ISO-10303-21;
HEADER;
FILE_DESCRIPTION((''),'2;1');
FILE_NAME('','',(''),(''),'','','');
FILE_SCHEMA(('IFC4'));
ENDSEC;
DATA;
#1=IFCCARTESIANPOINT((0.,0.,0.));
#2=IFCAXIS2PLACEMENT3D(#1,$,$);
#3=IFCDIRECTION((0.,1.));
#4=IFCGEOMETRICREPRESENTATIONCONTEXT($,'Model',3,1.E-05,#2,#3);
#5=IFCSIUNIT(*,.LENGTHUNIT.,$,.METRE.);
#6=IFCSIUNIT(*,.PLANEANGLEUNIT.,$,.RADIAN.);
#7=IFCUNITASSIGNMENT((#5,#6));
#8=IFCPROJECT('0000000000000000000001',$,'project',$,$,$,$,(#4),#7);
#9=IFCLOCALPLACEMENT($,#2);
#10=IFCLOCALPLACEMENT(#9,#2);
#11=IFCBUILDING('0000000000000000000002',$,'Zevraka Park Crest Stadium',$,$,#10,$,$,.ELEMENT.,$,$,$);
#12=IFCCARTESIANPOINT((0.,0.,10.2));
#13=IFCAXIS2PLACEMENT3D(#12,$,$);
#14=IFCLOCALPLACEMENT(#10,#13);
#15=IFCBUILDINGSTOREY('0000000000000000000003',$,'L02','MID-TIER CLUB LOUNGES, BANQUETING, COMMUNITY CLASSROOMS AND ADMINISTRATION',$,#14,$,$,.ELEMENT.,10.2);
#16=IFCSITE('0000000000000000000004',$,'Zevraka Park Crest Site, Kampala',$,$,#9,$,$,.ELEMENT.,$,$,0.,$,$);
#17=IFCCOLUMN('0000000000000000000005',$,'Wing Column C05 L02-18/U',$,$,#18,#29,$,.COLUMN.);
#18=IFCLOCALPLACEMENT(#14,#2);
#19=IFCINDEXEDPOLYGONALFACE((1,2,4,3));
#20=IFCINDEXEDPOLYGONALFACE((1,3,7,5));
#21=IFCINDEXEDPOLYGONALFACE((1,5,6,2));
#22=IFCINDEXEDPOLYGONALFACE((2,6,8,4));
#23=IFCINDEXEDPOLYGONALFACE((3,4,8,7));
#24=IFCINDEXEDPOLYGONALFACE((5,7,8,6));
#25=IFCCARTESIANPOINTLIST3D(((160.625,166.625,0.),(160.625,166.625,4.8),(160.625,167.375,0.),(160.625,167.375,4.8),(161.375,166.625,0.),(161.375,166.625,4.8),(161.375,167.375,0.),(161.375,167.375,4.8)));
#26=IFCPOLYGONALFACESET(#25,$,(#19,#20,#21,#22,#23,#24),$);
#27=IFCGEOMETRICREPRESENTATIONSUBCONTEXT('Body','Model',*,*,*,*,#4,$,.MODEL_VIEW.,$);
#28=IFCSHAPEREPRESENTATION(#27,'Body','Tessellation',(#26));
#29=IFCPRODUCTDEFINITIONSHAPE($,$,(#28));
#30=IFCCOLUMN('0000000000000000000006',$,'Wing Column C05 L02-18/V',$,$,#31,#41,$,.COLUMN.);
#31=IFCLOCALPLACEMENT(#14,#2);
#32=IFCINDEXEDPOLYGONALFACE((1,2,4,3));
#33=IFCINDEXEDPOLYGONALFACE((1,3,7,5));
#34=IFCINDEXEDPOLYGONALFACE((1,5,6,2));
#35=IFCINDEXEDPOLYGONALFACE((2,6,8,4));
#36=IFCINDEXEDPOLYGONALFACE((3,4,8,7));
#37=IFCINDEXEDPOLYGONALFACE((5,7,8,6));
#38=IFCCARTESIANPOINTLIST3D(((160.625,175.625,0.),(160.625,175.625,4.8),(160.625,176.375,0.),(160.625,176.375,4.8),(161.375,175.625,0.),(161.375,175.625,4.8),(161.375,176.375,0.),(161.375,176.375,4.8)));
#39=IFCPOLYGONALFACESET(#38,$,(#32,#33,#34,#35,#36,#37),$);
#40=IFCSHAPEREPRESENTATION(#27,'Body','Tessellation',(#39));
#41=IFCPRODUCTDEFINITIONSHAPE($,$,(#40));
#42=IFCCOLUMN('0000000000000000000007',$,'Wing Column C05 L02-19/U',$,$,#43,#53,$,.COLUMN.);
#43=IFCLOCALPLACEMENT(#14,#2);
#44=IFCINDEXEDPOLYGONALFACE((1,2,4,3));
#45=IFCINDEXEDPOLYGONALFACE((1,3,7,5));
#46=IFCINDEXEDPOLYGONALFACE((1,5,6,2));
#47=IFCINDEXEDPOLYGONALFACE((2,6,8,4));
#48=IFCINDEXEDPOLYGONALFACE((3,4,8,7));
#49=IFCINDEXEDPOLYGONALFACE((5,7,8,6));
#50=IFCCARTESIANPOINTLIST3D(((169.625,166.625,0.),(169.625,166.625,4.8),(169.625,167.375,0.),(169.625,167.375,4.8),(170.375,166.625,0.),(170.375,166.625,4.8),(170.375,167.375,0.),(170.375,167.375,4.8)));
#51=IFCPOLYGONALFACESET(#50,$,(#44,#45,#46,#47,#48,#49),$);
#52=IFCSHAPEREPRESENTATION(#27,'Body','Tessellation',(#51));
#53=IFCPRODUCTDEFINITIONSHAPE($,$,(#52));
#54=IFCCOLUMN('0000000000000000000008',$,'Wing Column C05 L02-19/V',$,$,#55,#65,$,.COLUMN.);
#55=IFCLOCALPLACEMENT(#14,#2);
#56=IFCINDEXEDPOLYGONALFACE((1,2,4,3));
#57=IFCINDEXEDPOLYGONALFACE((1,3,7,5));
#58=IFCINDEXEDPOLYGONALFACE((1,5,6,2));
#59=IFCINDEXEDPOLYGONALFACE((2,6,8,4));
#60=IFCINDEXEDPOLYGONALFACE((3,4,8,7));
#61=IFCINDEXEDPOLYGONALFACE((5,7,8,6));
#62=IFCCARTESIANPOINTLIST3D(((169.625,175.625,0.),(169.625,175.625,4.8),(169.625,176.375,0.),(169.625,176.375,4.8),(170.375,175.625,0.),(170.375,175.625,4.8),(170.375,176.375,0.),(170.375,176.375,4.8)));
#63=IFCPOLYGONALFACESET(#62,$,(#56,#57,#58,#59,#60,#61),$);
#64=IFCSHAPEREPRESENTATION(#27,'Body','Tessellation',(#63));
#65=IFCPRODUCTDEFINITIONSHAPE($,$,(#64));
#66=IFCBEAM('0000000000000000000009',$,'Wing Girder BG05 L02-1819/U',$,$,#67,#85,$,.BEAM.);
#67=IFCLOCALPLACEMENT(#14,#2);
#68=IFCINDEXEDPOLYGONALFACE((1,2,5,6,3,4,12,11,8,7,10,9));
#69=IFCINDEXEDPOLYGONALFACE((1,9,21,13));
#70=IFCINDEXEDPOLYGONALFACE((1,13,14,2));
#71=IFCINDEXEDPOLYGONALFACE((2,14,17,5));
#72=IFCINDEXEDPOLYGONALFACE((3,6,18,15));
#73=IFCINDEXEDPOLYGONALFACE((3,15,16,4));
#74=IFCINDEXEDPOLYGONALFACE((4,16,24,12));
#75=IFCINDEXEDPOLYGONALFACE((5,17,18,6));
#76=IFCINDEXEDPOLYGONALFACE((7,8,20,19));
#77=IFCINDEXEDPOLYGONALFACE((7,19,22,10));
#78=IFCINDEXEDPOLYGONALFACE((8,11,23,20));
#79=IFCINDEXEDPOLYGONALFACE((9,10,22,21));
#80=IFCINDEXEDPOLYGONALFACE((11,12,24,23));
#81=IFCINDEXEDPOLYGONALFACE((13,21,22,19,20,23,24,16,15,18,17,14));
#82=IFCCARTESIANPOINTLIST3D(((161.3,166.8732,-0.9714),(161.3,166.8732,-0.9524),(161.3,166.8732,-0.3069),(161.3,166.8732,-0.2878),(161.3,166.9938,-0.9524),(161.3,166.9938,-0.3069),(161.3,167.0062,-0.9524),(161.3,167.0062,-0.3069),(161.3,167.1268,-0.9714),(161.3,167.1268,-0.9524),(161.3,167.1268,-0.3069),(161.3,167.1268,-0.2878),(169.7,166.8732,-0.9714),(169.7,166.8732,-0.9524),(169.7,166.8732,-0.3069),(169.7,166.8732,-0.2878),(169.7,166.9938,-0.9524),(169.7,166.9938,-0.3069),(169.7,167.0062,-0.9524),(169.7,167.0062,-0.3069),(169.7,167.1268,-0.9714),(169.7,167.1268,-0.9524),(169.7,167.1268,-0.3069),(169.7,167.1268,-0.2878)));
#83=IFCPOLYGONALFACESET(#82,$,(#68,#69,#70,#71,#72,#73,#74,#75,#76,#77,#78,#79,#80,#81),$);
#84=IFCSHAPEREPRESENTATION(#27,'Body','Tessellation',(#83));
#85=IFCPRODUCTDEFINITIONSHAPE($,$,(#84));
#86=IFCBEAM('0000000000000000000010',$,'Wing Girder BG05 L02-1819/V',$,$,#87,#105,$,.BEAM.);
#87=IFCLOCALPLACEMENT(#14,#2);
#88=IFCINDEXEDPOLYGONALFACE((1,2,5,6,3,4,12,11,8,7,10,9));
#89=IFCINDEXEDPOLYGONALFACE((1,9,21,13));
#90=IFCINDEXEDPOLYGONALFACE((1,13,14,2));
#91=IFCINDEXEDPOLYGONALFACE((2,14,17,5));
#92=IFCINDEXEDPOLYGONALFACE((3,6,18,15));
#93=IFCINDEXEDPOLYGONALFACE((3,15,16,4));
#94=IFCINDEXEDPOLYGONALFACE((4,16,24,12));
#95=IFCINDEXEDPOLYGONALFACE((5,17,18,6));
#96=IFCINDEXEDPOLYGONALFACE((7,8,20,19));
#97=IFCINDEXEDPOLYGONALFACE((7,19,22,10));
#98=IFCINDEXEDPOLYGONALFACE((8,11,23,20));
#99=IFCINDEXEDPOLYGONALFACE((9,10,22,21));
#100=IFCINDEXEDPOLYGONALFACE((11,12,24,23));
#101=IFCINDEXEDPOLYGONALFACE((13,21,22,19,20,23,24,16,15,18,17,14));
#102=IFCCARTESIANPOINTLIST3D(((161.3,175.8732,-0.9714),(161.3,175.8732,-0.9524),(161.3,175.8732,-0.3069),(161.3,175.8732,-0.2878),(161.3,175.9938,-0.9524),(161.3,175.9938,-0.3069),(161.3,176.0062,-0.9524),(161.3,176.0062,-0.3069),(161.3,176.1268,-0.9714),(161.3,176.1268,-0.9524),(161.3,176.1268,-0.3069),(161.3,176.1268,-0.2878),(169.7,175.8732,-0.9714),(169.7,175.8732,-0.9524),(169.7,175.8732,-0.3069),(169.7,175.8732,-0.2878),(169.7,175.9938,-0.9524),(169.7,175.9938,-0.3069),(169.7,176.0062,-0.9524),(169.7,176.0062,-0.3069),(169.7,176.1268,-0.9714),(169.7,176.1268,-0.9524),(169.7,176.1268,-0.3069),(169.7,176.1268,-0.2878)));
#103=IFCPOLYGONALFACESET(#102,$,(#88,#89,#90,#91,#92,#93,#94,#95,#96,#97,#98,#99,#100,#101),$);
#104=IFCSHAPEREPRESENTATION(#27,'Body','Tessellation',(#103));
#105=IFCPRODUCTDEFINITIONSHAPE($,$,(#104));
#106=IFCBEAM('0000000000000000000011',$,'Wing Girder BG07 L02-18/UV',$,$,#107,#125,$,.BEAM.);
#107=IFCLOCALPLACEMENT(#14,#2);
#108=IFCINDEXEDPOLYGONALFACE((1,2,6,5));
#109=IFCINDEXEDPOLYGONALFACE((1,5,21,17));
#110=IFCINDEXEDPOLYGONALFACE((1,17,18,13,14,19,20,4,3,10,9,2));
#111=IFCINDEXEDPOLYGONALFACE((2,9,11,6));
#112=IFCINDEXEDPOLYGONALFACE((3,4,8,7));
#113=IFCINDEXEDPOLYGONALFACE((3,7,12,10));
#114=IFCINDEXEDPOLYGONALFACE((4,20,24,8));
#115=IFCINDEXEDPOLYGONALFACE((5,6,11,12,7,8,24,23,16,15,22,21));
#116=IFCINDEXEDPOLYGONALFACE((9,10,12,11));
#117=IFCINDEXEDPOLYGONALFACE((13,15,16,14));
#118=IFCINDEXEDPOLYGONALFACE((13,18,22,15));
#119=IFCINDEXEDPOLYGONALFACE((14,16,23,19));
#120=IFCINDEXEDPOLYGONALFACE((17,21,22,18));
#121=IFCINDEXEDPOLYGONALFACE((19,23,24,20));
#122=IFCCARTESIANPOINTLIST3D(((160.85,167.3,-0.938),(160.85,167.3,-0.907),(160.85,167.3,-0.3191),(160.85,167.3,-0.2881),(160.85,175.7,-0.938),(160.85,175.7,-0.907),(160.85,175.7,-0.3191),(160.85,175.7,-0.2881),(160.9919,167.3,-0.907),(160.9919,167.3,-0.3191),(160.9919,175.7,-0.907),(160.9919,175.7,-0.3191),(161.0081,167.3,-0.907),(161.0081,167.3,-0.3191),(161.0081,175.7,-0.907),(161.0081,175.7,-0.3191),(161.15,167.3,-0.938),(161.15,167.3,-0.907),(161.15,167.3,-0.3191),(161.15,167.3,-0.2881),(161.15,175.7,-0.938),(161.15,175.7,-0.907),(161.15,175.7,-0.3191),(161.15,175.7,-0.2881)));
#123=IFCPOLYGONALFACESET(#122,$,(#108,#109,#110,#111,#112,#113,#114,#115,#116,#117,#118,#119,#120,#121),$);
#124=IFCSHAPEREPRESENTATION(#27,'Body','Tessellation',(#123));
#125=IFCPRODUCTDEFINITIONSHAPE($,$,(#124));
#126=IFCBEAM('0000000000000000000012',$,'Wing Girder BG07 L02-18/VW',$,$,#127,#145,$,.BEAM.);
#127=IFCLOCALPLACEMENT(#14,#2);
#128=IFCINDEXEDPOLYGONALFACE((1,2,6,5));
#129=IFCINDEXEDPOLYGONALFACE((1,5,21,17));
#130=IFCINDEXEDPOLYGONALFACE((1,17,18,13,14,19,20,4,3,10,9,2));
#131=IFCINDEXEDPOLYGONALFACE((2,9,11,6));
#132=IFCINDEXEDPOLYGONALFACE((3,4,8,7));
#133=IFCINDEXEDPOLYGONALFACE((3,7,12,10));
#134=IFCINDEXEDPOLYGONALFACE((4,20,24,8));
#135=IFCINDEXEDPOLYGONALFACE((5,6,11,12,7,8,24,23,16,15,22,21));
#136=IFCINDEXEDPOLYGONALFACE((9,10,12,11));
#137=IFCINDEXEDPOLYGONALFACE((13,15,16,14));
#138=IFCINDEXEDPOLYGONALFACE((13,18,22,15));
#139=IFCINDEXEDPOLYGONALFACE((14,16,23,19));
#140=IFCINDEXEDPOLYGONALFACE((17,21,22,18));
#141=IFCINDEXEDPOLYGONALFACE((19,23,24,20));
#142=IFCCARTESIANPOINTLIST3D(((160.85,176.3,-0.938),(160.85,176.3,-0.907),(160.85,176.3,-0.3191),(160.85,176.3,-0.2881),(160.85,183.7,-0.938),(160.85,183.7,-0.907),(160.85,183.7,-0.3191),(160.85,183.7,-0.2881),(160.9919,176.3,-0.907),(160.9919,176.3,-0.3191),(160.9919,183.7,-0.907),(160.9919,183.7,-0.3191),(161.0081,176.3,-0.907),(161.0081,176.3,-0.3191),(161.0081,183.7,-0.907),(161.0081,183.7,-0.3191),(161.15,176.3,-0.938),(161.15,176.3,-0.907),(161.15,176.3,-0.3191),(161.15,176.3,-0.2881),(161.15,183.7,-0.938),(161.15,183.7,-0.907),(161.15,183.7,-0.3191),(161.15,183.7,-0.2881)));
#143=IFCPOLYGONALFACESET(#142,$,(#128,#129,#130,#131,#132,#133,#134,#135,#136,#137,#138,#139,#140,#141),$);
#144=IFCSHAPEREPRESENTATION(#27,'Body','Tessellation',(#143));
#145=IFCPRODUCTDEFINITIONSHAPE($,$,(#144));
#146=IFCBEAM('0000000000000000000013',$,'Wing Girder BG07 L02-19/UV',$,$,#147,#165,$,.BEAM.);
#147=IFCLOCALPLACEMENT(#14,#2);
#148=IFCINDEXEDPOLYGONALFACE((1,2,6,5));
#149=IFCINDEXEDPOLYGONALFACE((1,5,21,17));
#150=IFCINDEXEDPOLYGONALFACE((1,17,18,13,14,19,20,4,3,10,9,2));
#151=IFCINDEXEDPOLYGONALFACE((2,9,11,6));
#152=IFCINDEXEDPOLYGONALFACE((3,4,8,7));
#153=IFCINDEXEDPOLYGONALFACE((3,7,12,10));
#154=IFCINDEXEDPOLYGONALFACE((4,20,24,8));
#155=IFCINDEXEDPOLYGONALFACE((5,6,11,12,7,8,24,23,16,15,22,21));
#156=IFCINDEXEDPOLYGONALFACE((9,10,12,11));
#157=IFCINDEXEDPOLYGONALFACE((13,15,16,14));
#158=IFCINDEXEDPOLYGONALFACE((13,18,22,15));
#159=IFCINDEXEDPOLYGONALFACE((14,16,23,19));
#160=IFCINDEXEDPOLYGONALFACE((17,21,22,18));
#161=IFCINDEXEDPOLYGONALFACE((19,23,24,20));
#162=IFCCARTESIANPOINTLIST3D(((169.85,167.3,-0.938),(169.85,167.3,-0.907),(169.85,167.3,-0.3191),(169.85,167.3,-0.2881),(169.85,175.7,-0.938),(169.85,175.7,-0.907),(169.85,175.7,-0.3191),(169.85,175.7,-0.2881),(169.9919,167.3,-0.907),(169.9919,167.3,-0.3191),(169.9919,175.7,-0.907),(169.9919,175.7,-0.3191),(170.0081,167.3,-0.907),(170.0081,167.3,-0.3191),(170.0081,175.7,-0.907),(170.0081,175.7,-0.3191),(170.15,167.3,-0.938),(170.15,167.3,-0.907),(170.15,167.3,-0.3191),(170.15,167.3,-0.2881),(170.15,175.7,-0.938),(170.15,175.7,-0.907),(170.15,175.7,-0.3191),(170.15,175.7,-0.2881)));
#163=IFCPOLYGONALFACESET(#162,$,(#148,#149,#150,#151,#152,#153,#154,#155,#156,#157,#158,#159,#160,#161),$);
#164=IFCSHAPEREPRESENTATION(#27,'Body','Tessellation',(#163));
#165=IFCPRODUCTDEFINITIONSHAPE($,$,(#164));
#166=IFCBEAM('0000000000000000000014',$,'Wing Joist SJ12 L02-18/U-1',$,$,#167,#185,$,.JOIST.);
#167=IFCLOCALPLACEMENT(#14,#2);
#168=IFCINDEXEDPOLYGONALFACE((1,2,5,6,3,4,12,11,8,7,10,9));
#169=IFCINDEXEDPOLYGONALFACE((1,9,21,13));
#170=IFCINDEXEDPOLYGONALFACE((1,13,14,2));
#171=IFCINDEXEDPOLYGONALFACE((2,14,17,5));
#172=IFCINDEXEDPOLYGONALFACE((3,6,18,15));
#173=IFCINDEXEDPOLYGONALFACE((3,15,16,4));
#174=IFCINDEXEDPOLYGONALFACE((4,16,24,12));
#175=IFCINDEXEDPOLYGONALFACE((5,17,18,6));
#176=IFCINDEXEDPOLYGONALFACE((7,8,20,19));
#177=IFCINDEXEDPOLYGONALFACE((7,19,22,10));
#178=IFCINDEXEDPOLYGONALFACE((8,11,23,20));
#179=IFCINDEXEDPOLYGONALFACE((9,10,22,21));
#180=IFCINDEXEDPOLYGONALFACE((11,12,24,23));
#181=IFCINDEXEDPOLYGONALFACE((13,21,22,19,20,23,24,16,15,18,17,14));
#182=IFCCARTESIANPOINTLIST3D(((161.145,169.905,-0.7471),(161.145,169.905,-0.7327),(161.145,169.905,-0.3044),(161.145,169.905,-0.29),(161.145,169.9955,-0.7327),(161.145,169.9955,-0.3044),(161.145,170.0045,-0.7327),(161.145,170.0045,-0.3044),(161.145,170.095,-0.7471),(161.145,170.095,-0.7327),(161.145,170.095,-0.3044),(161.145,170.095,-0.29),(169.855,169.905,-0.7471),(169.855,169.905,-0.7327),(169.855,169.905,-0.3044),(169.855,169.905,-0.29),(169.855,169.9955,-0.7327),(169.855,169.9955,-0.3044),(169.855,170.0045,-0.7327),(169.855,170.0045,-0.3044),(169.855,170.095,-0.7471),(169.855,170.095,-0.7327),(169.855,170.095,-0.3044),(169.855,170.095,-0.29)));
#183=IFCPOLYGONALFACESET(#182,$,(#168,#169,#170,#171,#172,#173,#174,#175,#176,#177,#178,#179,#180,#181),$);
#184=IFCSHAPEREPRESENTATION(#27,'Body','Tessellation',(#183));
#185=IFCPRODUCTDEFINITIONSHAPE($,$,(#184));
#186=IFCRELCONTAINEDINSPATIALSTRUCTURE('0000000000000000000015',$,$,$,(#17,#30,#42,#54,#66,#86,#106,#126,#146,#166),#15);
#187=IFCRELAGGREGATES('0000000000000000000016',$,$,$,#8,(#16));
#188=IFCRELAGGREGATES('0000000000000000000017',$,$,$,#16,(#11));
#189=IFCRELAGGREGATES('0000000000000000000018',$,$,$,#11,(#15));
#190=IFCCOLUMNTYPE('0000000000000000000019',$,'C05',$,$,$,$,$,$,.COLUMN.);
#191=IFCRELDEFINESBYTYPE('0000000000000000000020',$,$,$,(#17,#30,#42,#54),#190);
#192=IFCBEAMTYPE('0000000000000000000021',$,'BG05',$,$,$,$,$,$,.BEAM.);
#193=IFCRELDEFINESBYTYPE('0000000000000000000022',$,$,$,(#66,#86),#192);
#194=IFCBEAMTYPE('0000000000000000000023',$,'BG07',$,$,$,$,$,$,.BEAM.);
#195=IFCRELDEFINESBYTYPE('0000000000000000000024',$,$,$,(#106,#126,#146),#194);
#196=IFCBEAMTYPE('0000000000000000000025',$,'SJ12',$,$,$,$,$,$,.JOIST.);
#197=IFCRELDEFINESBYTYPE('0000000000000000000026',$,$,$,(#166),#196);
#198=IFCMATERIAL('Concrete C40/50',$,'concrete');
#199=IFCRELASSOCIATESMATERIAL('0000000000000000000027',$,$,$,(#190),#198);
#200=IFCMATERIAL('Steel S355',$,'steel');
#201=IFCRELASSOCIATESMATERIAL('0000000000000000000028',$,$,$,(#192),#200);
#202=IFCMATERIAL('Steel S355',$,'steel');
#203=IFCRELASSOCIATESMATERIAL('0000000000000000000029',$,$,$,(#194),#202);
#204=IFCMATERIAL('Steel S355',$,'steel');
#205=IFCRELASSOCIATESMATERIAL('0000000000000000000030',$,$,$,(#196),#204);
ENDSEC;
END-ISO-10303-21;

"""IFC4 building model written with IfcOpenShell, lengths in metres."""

from ifc_helpers import new_model, si_unit, direction, frame, origin, origin_2d, place, context, subcontext, project, spatial, rectangle, i_section, extrude, material, material_profile, profile_set, type_object, element, save


model = new_model("IFC4")

# Units and contexts
model_context = context("Model", 3, precision=1e-05, world=origin(), true_north=direction((0.0, 1.0)))
body_context = subcontext(model_context, "Body", "Model", "MODEL_VIEW")
ifc_project = project(units=[si_unit("LENGTHUNIT", "METRE"), si_unit("PLANEANGLEUNIT", "RADIAN")], contexts=[model_context])

# Site, building, storey
site_placement = place(None, origin())
site = spatial("IfcSite", under=ifc_project, at=site_placement, Name="Zevraka Park Crest Site, Kampala", CompositionType="ELEMENT", RefElevation=0.0)
building_placement = place(site_placement, origin())
building = spatial("IfcBuilding", under=site, at=building_placement, Name="Zevraka Park Crest Stadium", CompositionType="ELEMENT")
storey_placement = place(building_placement, frame((0.0, 0.0, 10.2)))
storey = spatial("IfcBuildingStorey", under=building, at=storey_placement, Name="L02", Description="MID-TIER CLUB LOUNGES, BANQUETING, COMMUNITY CLASSROOMS AND ADMINISTRATION", CompositionType="ELEMENT", Elevation=10.2)

# Columns
ifc_material_1 = material(Name="Concrete C40/50", Category="concrete")
ifc_material_profile_1 = material_profile(ifc_material_1, rectangle(XDim=0.75, YDim=0.75, at=origin_2d()), Name="RC 750x750")
ifc_profile_set_1 = profile_set([ifc_material_profile_1], Name="Concrete C40/50")
column_type = type_object("IfcColumnType", Name="C05", PredefinedType="COLUMN", material=ifc_profile_set_1)
for number, where, z_axis, x_axis, name in (
    (1, (161.0, 167.0, 0.0), (0.0, 0.0, 1.0), (1.0, 0.0, 0.0), "Wing Column C05 L02-18/U"),
    (2, (161.0, 176.0, 0.0), (0.0, 0.0, 1.0), (1.0, 0.0, 0.0), "Wing Column C05 L02-18/V"),
    (3, (170.0, 167.0, 0.0), (0.0, 0.0, 1.0), (1.0, 0.0, 0.0), "Wing Column C05 L02-19/U"),
    (4, (170.0, 176.0, 0.0), (0.0, 0.0, 1.0), (1.0, 0.0, 0.0), "Wing Column C05 L02-19/V"),
):
    element("IfcColumn", number, at=place(storey_placement, frame(where, z_axis=z_axis, x_axis=x_axis)), inside=storey, type_object=column_type, Name=name, PredefinedType="COLUMN", context=body_context, shape_type="SweptSolid", body=[
        extrude(rectangle(XDim=0.75, YDim=0.75, at=origin_2d()), origin(), (0.0, 0.0, 1.0), 4.8),
    ])

# Beams
ifc_material_2 = material(Name="Steel S355", Category="steel")
ifc_material_profile_2 = material_profile(ifc_material_2, i_section(OverallWidth=0.2537, OverallDepth=0.6836, WebThickness=0.0125, FlangeThickness=0.019, at=origin_2d()), Name="UKB 686x254x140")
ifc_profile_set_2 = profile_set([ifc_material_profile_2], Name="Steel S355")
beam_type_1 = type_object("IfcBeamType", Name="BG05", PredefinedType="BEAM", material=ifc_profile_set_2)
for number, where, z_axis, x_axis, name in (
    (5, (161.3, 167.0, -0.6296), (1.0, 0.0, 0.0), (0.0, 1.0, 0.0), "Wing Girder BG05 L02-1819/U"),
    (6, (161.3, 176.0, -0.6296), (1.0, 0.0, 0.0), (0.0, 1.0, 0.0), "Wing Girder BG05 L02-1819/V"),
):
    element("IfcBeam", number, at=place(storey_placement, frame(where, z_axis=z_axis, x_axis=x_axis)), inside=storey, type_object=beam_type_1, Name=name, PredefinedType="BEAM", context=body_context, shape_type="SweptSolid", body=[
        extrude(i_section(OverallWidth=0.2537, OverallDepth=0.6836, WebThickness=0.0125, FlangeThickness=0.019, at=origin_2d()), origin(), (0.0, 0.0, 1.0), 8.3999),
    ])
ifc_material_3 = material(Name="Steel S355", Category="steel")
ifc_material_profile_3 = material_profile(ifc_material_3, i_section(OverallWidth=0.3, OverallDepth=0.6499, WebThickness=0.0161, FlangeThickness=0.031, at=origin_2d()), Name="HEB 650")
ifc_profile_set_3 = profile_set([ifc_material_profile_3], Name="Steel S355")
beam_type_2 = type_object("IfcBeamType", Name="BG07", PredefinedType="BEAM", material=ifc_profile_set_3)
beam_1_placement = place(storey_placement, frame((161.0, 167.3, -0.613), z_axis=(0.0, 1.0, 0.0), x_axis=(-1.0, 0.0, 0.0)))
element("IfcBeam", 7, at=beam_1_placement, inside=storey, type_object=beam_type_2, Name="Wing Girder BG07 L02-18/UV", PredefinedType="BEAM", context=body_context, shape_type="SweptSolid", body=[
    extrude(i_section(OverallWidth=0.3, OverallDepth=0.6499, WebThickness=0.0161, FlangeThickness=0.031, at=origin_2d()), origin(), (0.0, 0.0, 1.0), 8.3999),
])
beam_2_placement = place(storey_placement, frame((161.0, 176.3, -0.613), z_axis=(0.0, 1.0, 0.0), x_axis=(-1.0, 0.0, 0.0)))
element("IfcBeam", 8, at=beam_2_placement, inside=storey, type_object=beam_type_2, Name="Wing Girder BG07 L02-18/VW", PredefinedType="BEAM", context=body_context, shape_type="SweptSolid", body=[
    extrude(i_section(OverallWidth=0.3, OverallDepth=0.6499, WebThickness=0.0161, FlangeThickness=0.031, at=origin_2d()), origin(), (0.0, 0.0, 1.0), 7.3999),
])
beam_3_placement = place(storey_placement, frame((170.0, 167.3, -0.613), z_axis=(0.0, 1.0, 0.0), x_axis=(-1.0, 0.0, 0.0)))
element("IfcBeam", 9, at=beam_3_placement, inside=storey, type_object=beam_type_2, Name="Wing Girder BG07 L02-19/UV", PredefinedType="BEAM", context=body_context, shape_type="SweptSolid", body=[
    extrude(i_section(OverallWidth=0.3, OverallDepth=0.6499, WebThickness=0.0161, FlangeThickness=0.031, at=origin_2d()), origin(), (0.0, 0.0, 1.0), 8.3999),
])
ifc_material_4 = material(Name="Steel S355", Category="steel")
ifc_material_profile_4 = material_profile(ifc_material_4, i_section(OverallWidth=0.1899, OverallDepth=0.457, WebThickness=0.009, FlangeThickness=0.0144, at=origin_2d()), Name="UKB 457x191x74")
ifc_profile_set_4 = profile_set([ifc_material_profile_4], Name="Steel S355")
beam_type_3 = type_object("IfcBeamType", Name="SJ12", PredefinedType="JOIST", material=ifc_profile_set_4)
for number, where, z_axis, x_axis, name in (
    (10, (161.145, 170.0, -0.5186), (1.0, 0.0, 0.0), (0.0, 1.0, 0.0), "Wing Joist SJ12 L02-18/U-1"),
):
    element("IfcBeam", number, at=place(storey_placement, frame(where, z_axis=z_axis, x_axis=x_axis)), inside=storey, type_object=beam_type_3, Name=name, PredefinedType="JOIST", context=body_context, shape_type="SweptSolid", body=[
        extrude(i_section(OverallWidth=0.1899, OverallDepth=0.457, WebThickness=0.009, FlangeThickness=0.0144, at=origin_2d()), origin(), (0.0, 0.0, 1.0), 8.71),
    ])

save(model, "model.ifc")
